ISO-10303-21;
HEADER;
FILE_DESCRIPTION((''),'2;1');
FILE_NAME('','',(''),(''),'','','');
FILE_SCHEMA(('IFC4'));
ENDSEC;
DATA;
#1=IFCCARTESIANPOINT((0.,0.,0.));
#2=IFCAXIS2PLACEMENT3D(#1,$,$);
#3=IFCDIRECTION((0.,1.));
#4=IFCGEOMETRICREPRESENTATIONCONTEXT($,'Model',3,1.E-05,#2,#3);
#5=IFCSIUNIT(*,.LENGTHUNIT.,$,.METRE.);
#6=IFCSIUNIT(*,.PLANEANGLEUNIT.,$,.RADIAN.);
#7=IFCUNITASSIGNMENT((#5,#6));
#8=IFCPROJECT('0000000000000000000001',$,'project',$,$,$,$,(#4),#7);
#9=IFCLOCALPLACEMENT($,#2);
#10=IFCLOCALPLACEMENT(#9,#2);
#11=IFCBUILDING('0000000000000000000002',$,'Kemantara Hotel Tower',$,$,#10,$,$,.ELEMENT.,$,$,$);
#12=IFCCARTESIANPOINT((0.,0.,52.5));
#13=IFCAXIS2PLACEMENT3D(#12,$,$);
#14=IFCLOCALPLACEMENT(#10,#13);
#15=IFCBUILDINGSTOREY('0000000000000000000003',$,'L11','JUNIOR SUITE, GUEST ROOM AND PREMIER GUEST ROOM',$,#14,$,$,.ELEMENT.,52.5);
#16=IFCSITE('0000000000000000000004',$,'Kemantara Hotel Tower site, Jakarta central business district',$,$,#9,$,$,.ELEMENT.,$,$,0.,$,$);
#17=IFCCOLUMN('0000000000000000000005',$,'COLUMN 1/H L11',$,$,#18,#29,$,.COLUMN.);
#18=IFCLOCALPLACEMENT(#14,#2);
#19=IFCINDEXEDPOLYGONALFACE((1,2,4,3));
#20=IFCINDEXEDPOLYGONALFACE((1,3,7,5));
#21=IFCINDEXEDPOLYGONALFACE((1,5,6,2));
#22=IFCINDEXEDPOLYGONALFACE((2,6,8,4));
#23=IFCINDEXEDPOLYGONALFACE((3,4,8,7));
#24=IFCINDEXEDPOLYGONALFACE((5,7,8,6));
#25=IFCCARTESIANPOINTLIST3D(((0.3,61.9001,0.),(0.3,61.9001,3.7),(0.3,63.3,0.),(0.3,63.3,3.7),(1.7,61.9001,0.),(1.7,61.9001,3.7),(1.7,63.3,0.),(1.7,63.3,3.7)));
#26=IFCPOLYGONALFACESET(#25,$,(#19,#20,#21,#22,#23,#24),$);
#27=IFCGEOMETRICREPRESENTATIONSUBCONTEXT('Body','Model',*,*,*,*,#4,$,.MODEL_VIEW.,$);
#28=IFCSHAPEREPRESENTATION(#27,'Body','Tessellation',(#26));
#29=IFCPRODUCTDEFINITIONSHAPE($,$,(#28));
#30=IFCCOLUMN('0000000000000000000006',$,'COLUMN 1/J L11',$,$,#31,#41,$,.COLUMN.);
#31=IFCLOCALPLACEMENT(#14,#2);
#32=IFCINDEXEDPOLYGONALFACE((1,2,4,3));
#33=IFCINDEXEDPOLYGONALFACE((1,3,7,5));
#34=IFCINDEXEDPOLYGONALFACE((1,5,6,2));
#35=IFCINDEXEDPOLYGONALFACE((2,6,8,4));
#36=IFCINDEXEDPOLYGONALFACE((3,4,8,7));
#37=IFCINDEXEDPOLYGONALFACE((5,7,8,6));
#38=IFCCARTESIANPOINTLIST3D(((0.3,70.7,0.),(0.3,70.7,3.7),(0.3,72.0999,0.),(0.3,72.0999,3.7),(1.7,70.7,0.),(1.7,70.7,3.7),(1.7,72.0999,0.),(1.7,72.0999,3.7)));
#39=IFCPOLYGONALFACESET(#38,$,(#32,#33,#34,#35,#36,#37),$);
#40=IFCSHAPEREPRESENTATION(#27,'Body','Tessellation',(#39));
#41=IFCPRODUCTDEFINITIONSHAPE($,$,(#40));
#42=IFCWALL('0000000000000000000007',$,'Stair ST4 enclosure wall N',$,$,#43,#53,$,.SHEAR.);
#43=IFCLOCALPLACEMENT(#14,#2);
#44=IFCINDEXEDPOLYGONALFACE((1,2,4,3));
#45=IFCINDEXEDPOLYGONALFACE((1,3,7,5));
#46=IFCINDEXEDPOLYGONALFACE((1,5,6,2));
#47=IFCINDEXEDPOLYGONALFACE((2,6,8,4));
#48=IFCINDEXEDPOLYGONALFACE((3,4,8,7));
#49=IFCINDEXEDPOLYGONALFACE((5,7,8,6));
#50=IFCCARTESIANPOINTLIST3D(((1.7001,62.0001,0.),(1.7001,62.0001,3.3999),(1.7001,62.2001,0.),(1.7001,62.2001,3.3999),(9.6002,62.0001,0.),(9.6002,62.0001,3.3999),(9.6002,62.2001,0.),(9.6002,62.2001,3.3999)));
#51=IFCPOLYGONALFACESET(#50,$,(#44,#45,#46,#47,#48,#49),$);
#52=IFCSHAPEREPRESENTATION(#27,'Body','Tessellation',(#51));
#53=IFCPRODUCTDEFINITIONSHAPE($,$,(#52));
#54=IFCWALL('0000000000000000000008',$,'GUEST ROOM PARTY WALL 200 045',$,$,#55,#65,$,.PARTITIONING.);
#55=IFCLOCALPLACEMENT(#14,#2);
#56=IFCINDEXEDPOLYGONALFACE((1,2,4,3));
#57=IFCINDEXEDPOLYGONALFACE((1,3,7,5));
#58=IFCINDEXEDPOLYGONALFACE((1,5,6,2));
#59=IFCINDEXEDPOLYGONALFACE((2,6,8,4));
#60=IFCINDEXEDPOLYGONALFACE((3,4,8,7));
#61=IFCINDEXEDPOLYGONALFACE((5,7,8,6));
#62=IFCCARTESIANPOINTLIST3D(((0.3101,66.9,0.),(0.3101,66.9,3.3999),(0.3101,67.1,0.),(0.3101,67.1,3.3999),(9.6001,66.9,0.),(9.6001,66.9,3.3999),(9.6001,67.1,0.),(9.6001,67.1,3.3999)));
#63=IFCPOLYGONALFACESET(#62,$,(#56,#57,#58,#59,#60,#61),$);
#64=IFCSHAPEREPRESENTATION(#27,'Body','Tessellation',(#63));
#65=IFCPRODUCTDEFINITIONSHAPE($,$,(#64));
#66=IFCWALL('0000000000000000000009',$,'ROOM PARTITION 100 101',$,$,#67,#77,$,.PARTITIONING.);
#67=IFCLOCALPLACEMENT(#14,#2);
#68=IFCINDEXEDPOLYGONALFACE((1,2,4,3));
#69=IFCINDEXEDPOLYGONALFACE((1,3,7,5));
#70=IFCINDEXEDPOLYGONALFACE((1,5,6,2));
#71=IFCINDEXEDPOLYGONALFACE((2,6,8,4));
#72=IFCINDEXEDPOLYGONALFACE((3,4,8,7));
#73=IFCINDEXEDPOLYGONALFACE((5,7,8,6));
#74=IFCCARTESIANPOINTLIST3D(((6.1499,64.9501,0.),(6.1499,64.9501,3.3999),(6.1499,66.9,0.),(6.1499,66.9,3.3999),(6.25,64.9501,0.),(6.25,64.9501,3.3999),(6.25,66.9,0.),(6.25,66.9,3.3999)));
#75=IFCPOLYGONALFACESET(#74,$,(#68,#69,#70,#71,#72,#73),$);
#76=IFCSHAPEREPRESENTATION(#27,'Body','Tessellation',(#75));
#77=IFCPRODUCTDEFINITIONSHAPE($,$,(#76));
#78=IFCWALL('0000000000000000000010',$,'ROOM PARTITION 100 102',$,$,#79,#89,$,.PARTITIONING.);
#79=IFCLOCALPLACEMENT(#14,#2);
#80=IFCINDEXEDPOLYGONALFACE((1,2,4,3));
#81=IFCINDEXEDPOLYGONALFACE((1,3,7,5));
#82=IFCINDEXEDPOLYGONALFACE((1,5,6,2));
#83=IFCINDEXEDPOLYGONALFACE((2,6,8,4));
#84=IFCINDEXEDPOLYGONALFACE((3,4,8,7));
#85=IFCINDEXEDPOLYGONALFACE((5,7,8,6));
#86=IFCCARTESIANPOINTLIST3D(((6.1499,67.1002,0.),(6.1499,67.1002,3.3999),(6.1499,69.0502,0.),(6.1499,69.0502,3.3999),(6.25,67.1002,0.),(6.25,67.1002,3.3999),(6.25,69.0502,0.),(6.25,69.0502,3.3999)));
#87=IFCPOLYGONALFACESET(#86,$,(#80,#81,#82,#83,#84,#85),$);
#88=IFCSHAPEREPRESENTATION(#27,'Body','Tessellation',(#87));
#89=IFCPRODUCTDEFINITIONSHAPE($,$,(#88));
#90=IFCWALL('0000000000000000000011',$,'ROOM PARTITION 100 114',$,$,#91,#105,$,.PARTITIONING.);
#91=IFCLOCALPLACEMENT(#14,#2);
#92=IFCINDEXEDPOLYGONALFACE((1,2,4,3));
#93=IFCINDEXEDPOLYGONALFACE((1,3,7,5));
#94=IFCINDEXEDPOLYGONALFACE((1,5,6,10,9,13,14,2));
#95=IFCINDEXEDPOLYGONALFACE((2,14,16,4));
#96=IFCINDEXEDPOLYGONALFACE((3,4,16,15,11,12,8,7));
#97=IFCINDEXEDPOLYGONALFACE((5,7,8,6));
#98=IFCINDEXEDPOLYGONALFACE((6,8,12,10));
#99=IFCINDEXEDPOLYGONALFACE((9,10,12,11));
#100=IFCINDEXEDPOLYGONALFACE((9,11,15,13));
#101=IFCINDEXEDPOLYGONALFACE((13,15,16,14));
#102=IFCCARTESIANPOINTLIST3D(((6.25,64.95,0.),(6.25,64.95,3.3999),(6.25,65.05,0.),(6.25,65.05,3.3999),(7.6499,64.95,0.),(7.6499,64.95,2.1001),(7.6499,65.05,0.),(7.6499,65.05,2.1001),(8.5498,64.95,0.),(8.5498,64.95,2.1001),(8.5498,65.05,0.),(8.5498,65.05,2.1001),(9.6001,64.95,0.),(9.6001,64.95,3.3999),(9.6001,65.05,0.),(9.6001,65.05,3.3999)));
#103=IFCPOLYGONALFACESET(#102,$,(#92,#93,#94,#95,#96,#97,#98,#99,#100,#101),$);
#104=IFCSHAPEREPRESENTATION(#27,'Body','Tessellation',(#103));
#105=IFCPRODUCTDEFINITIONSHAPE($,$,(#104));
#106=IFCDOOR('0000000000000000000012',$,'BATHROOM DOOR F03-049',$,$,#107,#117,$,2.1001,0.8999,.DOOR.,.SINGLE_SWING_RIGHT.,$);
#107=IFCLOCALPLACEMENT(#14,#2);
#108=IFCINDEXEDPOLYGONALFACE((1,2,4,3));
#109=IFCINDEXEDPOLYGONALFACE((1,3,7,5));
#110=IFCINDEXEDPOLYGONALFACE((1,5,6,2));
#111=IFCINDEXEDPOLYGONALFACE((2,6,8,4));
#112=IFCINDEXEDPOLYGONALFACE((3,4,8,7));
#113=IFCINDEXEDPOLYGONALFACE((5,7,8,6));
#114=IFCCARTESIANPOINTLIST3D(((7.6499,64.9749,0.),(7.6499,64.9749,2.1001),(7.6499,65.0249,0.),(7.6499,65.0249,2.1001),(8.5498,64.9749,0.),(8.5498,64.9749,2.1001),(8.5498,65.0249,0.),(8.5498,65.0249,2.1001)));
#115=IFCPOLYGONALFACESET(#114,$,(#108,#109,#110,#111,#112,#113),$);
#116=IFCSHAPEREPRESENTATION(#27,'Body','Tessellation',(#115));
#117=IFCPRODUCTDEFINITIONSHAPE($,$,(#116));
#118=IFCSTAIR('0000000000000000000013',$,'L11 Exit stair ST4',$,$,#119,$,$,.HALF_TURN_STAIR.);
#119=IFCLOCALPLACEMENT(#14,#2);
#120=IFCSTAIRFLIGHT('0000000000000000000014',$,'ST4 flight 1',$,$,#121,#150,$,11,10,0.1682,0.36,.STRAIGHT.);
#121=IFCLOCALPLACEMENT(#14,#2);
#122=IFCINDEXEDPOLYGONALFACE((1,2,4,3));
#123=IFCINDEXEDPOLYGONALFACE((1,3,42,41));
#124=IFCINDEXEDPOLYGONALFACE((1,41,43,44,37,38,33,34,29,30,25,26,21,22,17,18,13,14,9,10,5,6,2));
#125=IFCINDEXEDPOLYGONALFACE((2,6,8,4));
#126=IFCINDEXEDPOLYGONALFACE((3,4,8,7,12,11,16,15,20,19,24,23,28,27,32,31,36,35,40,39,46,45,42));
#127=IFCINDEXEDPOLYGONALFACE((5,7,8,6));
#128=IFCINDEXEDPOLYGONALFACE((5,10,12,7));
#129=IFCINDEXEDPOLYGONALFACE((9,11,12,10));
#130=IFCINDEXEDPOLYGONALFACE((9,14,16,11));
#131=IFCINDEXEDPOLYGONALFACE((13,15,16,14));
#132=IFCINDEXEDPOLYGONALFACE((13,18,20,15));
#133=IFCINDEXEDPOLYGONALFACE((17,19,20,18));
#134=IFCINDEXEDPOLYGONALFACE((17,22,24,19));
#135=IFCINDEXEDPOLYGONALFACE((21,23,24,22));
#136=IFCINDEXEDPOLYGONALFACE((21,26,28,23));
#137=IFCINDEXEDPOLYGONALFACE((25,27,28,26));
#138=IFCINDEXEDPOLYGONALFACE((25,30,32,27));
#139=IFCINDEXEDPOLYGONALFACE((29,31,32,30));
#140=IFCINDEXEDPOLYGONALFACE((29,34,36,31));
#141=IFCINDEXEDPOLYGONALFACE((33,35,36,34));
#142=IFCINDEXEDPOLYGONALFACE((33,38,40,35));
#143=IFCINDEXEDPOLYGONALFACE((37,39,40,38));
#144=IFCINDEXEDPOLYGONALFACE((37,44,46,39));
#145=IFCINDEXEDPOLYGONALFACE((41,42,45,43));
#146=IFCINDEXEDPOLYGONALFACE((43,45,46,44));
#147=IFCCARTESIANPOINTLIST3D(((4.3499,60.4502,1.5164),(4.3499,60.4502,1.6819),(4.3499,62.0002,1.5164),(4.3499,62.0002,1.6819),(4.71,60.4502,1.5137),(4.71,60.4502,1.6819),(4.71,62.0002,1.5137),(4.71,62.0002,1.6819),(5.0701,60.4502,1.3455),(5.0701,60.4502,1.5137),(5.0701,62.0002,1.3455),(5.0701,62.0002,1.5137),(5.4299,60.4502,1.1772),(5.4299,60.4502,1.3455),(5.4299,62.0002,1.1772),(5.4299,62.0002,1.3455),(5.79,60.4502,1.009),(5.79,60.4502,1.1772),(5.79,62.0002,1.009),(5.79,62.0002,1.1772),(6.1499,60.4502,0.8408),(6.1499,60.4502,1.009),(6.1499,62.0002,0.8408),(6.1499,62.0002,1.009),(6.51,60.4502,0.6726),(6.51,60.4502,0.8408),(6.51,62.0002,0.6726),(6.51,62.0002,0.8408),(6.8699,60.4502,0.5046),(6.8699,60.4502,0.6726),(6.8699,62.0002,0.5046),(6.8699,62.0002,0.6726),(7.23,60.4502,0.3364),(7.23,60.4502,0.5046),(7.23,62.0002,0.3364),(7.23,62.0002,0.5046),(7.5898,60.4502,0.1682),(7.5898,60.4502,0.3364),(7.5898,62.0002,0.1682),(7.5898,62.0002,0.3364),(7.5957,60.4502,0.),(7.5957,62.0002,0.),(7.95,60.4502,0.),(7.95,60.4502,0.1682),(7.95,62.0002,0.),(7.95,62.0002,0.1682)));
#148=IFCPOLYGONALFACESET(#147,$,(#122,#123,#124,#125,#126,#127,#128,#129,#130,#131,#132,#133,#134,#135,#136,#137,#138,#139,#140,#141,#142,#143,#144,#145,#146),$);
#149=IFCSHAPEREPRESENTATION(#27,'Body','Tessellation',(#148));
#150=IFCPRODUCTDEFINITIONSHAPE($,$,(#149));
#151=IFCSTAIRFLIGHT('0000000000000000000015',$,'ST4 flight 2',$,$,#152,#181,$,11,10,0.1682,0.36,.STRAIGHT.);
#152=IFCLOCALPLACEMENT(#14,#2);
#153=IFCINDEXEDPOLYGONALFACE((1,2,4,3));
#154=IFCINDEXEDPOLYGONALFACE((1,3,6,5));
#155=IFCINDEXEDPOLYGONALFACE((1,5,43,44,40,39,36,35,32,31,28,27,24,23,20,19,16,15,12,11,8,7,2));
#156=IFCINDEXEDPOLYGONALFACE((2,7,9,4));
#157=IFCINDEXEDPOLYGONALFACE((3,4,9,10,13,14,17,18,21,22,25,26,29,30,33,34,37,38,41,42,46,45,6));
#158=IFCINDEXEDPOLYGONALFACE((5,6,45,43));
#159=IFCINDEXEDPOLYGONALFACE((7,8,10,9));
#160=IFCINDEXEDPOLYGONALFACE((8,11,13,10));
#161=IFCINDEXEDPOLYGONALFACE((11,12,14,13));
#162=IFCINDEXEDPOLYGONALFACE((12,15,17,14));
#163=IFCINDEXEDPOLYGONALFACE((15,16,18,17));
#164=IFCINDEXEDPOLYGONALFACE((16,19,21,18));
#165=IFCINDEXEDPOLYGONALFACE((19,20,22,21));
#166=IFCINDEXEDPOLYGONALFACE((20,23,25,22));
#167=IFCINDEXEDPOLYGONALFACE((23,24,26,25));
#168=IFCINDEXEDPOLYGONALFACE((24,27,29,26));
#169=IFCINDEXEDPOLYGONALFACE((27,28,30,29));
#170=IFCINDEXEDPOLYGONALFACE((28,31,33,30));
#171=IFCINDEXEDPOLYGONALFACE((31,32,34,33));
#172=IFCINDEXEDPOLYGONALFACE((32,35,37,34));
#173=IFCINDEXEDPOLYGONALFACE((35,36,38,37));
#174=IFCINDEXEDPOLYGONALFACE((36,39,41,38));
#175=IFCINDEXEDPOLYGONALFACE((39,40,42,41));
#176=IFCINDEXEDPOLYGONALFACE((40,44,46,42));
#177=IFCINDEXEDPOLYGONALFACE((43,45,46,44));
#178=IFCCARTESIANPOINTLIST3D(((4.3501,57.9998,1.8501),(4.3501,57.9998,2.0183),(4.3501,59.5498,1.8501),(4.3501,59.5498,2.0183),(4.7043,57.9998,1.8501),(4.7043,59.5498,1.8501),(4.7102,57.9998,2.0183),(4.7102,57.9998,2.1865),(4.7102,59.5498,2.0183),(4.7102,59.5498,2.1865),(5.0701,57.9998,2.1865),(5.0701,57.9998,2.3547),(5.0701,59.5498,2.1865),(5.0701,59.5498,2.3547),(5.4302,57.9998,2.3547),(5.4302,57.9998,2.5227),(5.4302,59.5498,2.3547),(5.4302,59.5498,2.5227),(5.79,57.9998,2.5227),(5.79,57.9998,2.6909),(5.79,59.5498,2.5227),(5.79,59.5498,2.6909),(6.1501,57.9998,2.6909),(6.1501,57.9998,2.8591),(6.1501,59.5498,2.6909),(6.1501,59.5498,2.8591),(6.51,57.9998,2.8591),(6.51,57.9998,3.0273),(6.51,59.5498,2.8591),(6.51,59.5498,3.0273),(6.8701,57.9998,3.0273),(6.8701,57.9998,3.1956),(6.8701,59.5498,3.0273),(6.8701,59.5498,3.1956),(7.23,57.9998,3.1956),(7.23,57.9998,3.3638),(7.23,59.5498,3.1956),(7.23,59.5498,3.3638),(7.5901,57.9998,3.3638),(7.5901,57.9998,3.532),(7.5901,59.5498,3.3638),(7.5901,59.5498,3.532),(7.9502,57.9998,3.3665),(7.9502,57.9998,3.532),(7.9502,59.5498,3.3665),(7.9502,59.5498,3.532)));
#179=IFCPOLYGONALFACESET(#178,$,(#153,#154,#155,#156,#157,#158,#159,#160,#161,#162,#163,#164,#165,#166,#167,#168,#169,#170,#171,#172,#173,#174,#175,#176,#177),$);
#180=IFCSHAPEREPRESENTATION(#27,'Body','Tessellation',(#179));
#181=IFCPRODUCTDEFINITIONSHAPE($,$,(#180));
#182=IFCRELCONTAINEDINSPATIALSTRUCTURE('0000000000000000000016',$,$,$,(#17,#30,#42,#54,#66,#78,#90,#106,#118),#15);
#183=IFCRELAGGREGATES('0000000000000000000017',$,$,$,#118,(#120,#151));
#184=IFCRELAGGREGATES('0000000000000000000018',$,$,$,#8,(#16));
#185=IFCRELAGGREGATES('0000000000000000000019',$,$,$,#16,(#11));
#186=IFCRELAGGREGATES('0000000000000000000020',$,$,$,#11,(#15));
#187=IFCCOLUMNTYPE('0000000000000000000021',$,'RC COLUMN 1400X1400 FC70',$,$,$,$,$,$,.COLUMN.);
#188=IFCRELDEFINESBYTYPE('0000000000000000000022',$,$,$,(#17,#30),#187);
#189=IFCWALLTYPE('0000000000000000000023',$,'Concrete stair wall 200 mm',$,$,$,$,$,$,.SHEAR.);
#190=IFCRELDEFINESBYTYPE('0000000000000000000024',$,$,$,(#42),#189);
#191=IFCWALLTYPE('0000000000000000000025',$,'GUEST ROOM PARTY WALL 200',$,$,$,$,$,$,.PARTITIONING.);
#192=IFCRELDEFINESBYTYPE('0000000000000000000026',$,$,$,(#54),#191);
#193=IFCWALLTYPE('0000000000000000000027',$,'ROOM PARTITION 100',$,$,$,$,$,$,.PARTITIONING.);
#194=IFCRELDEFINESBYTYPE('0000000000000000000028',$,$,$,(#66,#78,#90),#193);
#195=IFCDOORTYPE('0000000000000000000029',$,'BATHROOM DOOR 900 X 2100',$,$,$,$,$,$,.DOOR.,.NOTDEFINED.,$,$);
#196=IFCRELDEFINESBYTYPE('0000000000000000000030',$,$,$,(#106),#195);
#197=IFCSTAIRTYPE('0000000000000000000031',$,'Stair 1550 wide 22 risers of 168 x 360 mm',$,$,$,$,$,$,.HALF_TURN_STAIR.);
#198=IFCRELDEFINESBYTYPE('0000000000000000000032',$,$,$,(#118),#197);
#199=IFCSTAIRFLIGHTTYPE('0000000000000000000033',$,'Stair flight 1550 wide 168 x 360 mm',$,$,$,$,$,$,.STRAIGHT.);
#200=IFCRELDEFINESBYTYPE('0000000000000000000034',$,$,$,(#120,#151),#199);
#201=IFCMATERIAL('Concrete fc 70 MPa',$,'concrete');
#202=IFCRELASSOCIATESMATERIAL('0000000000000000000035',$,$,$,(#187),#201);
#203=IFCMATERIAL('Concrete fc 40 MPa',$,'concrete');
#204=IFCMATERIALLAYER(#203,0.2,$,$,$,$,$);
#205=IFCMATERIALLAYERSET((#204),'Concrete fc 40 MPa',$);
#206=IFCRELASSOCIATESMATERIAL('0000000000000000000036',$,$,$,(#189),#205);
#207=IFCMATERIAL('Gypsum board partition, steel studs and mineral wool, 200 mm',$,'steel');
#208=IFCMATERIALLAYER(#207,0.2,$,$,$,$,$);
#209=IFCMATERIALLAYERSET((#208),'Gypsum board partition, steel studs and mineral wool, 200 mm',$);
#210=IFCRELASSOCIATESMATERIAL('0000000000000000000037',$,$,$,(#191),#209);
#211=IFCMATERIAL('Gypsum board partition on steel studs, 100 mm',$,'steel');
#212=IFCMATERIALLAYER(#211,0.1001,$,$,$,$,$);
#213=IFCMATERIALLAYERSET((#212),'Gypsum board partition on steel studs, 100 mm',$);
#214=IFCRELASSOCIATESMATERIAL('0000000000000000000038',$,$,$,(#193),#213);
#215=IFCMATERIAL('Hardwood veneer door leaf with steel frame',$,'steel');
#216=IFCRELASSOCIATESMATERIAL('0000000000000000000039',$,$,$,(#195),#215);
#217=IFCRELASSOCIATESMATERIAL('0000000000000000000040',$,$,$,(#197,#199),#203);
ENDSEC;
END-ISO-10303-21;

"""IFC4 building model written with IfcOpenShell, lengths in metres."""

from ifc_helpers import new_model, si_unit, direction, frame, frame_2d, origin, origin_2d, place, context, subcontext, project, spatial, polyline, rectangle, outline, extrude, material, layer, layer_set, material_profile, profile_set, type_object, element, fill, aggregate, save


model = new_model("IFC4")

# Units and contexts
model_context = context("Model", 3, precision=1e-05, world=origin(), true_north=direction((0.0, 1.0)))
body_context = subcontext(model_context, "Body", "Model", "MODEL_VIEW")
ifc_project = project(units=[si_unit("LENGTHUNIT", "METRE"), si_unit("PLANEANGLEUNIT", "RADIAN")], contexts=[model_context])

# Site, building, storey
site_placement = place(None, origin())
site = spatial("IfcSite", under=ifc_project, at=site_placement, Name="Kemantara Hotel Tower site, Jakarta central business district", CompositionType="ELEMENT", RefElevation=0.0)
building_placement = place(site_placement, origin())
building = spatial("IfcBuilding", under=site, at=building_placement, Name="Kemantara Hotel Tower", CompositionType="ELEMENT")
storey_placement = place(building_placement, frame((0.0, 0.0, 52.5)))
storey = spatial("IfcBuildingStorey", under=building, at=storey_placement, Name="L11", Description="JUNIOR SUITE, GUEST ROOM AND PREMIER GUEST ROOM", CompositionType="ELEMENT", Elevation=52.5)

# Columns
ifc_material_1 = material(Name="Concrete fc 70 MPa", Category="concrete")
ifc_material_profile = material_profile(ifc_material_1, rectangle(XDim=1.3999, YDim=1.3999, at=origin_2d()), Name="RC 1400X1400")
ifc_profile_set = profile_set([ifc_material_profile], Name="Concrete fc 70 MPa")
column_type = type_object("IfcColumnType", Name="RC COLUMN 1400X1400 FC70", PredefinedType="COLUMN", material=ifc_profile_set)
for number, where, z_axis, x_axis, name in (
    (1, (1.0, 62.6001, 0.0), (0.0, 0.0, 1.0), (1.0, 0.0, 0.0), "COLUMN 1/H L11"),
    (2, (1.0, 71.3999, 0.0), (0.0, 0.0, 1.0), (1.0, 0.0, 0.0), "COLUMN 1/J L11"),
):
    element("IfcColumn", number, at=place(storey_placement, frame(where, z_axis=z_axis, x_axis=x_axis)), inside=storey, type_object=column_type, Name=name, PredefinedType="COLUMN", context=body_context, shape_type="SweptSolid", body=[
        extrude(rectangle(XDim=1.3999, YDim=1.3999, at=origin_2d()), origin(), (0.0, 0.0, 1.0), 3.7),
    ])

# Walls
ifc_material_2 = material(Name="Concrete fc 40 MPa", Category="concrete")
ifc_layer_1 = layer(ifc_material_2, 0.2)
ifc_layer_set_1 = layer_set([ifc_layer_1], Name="Concrete fc 40 MPa")
wall_type_1 = type_object("IfcWallType", Name="Concrete stair wall 200 mm", PredefinedType="SHEAR", material=ifc_layer_set_1)
wall_1_placement = place(storey_placement, frame((1.7, 62.1001, 0.0), z_axis=(0.0, 0.0, 1.0), x_axis=(1.0, 0.0, 0.0)))
element("IfcWall", 3, at=wall_1_placement, inside=storey, type_object=wall_type_1, Name="Stair ST4 enclosure wall N", PredefinedType="SHEAR", context=body_context, shape_type="SweptSolid", body=[
    extrude(rectangle(XDim=7.9001, YDim=0.2, at=frame_2d((3.9502, 0.0))), origin(), (0.0, 0.0, 1.0), 3.3999),
])
ifc_material_3 = material(Name="Gypsum board partition, steel studs and mineral wool, 200 mm", Category="steel")
ifc_layer_2 = layer(ifc_material_3, 0.2)
ifc_layer_set_2 = layer_set([ifc_layer_2], Name="Gypsum board partition, steel studs and mineral wool, 200 mm")
wall_type_2 = type_object("IfcWallType", Name="GUEST ROOM PARTY WALL 200", PredefinedType="PARTITIONING", material=ifc_layer_set_2)
wall_2_placement = place(storey_placement, frame((0.3101, 67.0, 0.0), z_axis=(0.0, 0.0, 1.0), x_axis=(1.0, 0.0, 0.0)))
element("IfcWall", 4, at=wall_2_placement, inside=storey, type_object=wall_type_2, Name="GUEST ROOM PARTY WALL 200 045", PredefinedType="PARTITIONING", context=body_context, shape_type="SweptSolid", body=[
    extrude(rectangle(XDim=9.29, YDim=0.2, at=frame_2d((4.645, 0.0))), origin(), (0.0, 0.0, 1.0), 3.3999),
])
ifc_material_4 = material(Name="Gypsum board partition on steel studs, 100 mm", Category="steel")
ifc_layer_3 = layer(ifc_material_4, 0.1001)
ifc_layer_set_3 = layer_set([ifc_layer_3], Name="Gypsum board partition on steel studs, 100 mm")
wall_type_3 = type_object("IfcWallType", Name="ROOM PARTITION 100", PredefinedType="PARTITIONING", material=ifc_layer_set_3)
for number, where, z_axis, x_axis, name in (
    (5, (6.2, 64.95, 0.0), (0.0, 0.0, 1.0), (0.0, 1.0, 0.0), "ROOM PARTITION 100 101"),
    (6, (6.2, 67.1001, 0.0), (0.0, 0.0, 1.0), (0.0, 1.0, 0.0), "ROOM PARTITION 100 102"),
):
    element("IfcWall", number, at=place(storey_placement, frame(where, z_axis=z_axis, x_axis=x_axis)), inside=storey, type_object=wall_type_3, Name=name, PredefinedType="PARTITIONING", context=body_context, shape_type="SweptSolid", body=[
        extrude(rectangle(XDim=1.95, YDim=0.1001, at=frame_2d((0.9751, 0.0))), origin(), (0.0, 0.0, 1.0), 3.3999),
    ])

# Wall, opening, door
wall_3_placement = place(storey_placement, frame((6.25, 65.0, 0.0), z_axis=(0.0, 0.0, 1.0), x_axis=(1.0, 0.0, 0.0)))
wall_3 = element("IfcWall", 7, at=wall_3_placement, inside=storey, type_object=wall_type_3, Name="ROOM PARTITION 100 114", PredefinedType="PARTITIONING", context=body_context, shape_type="SweptSolid", body=[
    extrude(rectangle(XDim=3.3501, YDim=0.1001, at=frame_2d((1.675, 0.0))), origin(), (0.0, 0.0, 1.0), 3.3999),
])
opening_placement = place(wall_3_placement, frame((1.3999, 0.0, 0.0)))
opening = element("IfcOpeningElement", 8, at=opening_placement, cuts=wall_3, PredefinedType="OPENING", context=body_context, shape_type="SweptSolid", body=[
    extrude(rectangle(XDim=0.8999, YDim=2.1001, at=frame_2d((0.45, 1.05))), frame((0.0, 0.0601, 0.0), z_axis=(0.0, -1.0, 0.0), x_axis=(1.0, 0.0, 0.0)), (0.0, 0.0, 1.0), 0.1201),
])
ifc_material_5 = material(Name="Hardwood veneer door leaf with steel frame", Category="steel")
door_type = type_object("IfcDoorType", Name="BATHROOM DOOR 900 X 2100", OperationType="NOTDEFINED", PredefinedType="DOOR", material=ifc_material_5)
door_placement = place(opening_placement, origin())
door = element("IfcDoor", 9, at=door_placement, inside=storey, type_object=door_type, Name="BATHROOM DOOR F03-049", OperationType="SINGLE_SWING_RIGHT", OverallHeight=2.1001, OverallWidth=0.8999, PredefinedType="DOOR", context=body_context, shape_type="SweptSolid", body=[
    extrude(rectangle(XDim=0.8999, YDim=2.1001, at=frame_2d((0.45, 1.05))), frame((0.0, 0.0249, 0.0), z_axis=(0.0, -1.0, 0.0), x_axis=(1.0, 0.0, 0.0)), (0.0, 0.0, 1.0), 0.05),
])
fill(opening, door)

# Stair, stair flights
stair_type = type_object("IfcStairType", Name="Stair 1550 wide 22 risers of 168 x 360 mm", PredefinedType="HALF_TURN_STAIR", material=ifc_material_2)
stair_placement = place(storey_placement, origin())
stair = element("IfcStair", 10, at=stair_placement, inside=storey, type_object=stair_type, Name="L11 Exit stair ST4", PredefinedType="HALF_TURN_STAIR")
stair_flight_type = type_object("IfcStairFlightType", Name="Stair flight 1550 wide 168 x 360 mm", PredefinedType="STRAIGHT", material=ifc_material_2)
stair_flight_1_placement = place(storey_placement, frame((7.95, 61.2251, 0.0), z_axis=(0.0, 0.0, 1.0), x_axis=(-1.0, 0.0, 0.0)))
stair_flight_1 = element("IfcStairFlight", 11, at=stair_flight_1_placement, type_object=stair_flight_type, Name="ST4 flight 1", NumberOfRisers=11, NumberOfTreads=10, PredefinedType="STRAIGHT", RiserHeight=0.1682, TreadLength=0.36, context=body_context, shape_type="SweptSolid", body=[
    extrude(outline(polyline([(0.0, 0.0), (0.0, 0.1682), (0.3601, 0.1682), (0.3601, 0.3364), (0.72, 0.3364), (0.72, 0.5046), (1.0801, 0.5046), (1.0801, 0.6726), (1.4399, 0.6726), (1.4399, 0.8408), (1.8, 0.8408), (1.8, 1.009), (2.1599, 1.009), (2.1599, 1.1772), (2.52, 1.1772), (2.52, 1.3455), (2.8799, 1.3455), (2.8799, 1.5137), (3.24, 1.5137), (3.24, 1.6819), (3.6001, 1.6819), (3.6001, 1.8501), (3.6001, 1.5164), (0.3542, 0.0), (0.0, 0.0)])), frame((0.0, 0.7749, 0.0), z_axis=(0.0, -1.0, 0.0), x_axis=(1.0, 0.0, 0.0)), (0.0, 0.0, 1.0), 1.55),
])
stair_flight_2_placement = place(storey_placement, frame((4.3501, 58.7749, 1.8501), z_axis=(0.0, 0.0, 1.0), x_axis=(1.0, 0.0, 0.0)))
stair_flight_2 = element("IfcStairFlight", 12, at=stair_flight_2_placement, type_object=stair_flight_type, Name="ST4 flight 2", NumberOfRisers=11, NumberOfTreads=10, PredefinedType="STRAIGHT", RiserHeight=0.1682, TreadLength=0.36, context=body_context, shape_type="SweptSolid", body=[
    extrude(outline(polyline([(0.0, 0.0), (0.0, 0.1682), (0.3601, 0.1682), (0.3601, 0.3364), (0.72, 0.3364), (0.72, 0.5046), (1.0801, 0.5046), (1.0801, 0.6726), (1.4399, 0.6726), (1.4399, 0.8408), (1.8, 0.8408), (1.8, 1.009), (2.1599, 1.009), (2.1599, 1.1772), (2.52, 1.1772), (2.52, 1.3455), (2.8799, 1.3455), (2.8799, 1.5137), (3.24, 1.5137), (3.24, 1.6819), (3.6001, 1.6819), (3.6001, 1.8501), (3.6001, 1.5164), (0.3542, 0.0), (0.0, 0.0)])), frame((0.0, 0.7749, 0.0), z_axis=(0.0, -1.0, 0.0), x_axis=(1.0, 0.0, 0.0)), (0.0, 0.0, 1.0), 1.55),
])
aggregate(stair, [stair_flight_1, stair_flight_2])

save(model, "model.ifc")
